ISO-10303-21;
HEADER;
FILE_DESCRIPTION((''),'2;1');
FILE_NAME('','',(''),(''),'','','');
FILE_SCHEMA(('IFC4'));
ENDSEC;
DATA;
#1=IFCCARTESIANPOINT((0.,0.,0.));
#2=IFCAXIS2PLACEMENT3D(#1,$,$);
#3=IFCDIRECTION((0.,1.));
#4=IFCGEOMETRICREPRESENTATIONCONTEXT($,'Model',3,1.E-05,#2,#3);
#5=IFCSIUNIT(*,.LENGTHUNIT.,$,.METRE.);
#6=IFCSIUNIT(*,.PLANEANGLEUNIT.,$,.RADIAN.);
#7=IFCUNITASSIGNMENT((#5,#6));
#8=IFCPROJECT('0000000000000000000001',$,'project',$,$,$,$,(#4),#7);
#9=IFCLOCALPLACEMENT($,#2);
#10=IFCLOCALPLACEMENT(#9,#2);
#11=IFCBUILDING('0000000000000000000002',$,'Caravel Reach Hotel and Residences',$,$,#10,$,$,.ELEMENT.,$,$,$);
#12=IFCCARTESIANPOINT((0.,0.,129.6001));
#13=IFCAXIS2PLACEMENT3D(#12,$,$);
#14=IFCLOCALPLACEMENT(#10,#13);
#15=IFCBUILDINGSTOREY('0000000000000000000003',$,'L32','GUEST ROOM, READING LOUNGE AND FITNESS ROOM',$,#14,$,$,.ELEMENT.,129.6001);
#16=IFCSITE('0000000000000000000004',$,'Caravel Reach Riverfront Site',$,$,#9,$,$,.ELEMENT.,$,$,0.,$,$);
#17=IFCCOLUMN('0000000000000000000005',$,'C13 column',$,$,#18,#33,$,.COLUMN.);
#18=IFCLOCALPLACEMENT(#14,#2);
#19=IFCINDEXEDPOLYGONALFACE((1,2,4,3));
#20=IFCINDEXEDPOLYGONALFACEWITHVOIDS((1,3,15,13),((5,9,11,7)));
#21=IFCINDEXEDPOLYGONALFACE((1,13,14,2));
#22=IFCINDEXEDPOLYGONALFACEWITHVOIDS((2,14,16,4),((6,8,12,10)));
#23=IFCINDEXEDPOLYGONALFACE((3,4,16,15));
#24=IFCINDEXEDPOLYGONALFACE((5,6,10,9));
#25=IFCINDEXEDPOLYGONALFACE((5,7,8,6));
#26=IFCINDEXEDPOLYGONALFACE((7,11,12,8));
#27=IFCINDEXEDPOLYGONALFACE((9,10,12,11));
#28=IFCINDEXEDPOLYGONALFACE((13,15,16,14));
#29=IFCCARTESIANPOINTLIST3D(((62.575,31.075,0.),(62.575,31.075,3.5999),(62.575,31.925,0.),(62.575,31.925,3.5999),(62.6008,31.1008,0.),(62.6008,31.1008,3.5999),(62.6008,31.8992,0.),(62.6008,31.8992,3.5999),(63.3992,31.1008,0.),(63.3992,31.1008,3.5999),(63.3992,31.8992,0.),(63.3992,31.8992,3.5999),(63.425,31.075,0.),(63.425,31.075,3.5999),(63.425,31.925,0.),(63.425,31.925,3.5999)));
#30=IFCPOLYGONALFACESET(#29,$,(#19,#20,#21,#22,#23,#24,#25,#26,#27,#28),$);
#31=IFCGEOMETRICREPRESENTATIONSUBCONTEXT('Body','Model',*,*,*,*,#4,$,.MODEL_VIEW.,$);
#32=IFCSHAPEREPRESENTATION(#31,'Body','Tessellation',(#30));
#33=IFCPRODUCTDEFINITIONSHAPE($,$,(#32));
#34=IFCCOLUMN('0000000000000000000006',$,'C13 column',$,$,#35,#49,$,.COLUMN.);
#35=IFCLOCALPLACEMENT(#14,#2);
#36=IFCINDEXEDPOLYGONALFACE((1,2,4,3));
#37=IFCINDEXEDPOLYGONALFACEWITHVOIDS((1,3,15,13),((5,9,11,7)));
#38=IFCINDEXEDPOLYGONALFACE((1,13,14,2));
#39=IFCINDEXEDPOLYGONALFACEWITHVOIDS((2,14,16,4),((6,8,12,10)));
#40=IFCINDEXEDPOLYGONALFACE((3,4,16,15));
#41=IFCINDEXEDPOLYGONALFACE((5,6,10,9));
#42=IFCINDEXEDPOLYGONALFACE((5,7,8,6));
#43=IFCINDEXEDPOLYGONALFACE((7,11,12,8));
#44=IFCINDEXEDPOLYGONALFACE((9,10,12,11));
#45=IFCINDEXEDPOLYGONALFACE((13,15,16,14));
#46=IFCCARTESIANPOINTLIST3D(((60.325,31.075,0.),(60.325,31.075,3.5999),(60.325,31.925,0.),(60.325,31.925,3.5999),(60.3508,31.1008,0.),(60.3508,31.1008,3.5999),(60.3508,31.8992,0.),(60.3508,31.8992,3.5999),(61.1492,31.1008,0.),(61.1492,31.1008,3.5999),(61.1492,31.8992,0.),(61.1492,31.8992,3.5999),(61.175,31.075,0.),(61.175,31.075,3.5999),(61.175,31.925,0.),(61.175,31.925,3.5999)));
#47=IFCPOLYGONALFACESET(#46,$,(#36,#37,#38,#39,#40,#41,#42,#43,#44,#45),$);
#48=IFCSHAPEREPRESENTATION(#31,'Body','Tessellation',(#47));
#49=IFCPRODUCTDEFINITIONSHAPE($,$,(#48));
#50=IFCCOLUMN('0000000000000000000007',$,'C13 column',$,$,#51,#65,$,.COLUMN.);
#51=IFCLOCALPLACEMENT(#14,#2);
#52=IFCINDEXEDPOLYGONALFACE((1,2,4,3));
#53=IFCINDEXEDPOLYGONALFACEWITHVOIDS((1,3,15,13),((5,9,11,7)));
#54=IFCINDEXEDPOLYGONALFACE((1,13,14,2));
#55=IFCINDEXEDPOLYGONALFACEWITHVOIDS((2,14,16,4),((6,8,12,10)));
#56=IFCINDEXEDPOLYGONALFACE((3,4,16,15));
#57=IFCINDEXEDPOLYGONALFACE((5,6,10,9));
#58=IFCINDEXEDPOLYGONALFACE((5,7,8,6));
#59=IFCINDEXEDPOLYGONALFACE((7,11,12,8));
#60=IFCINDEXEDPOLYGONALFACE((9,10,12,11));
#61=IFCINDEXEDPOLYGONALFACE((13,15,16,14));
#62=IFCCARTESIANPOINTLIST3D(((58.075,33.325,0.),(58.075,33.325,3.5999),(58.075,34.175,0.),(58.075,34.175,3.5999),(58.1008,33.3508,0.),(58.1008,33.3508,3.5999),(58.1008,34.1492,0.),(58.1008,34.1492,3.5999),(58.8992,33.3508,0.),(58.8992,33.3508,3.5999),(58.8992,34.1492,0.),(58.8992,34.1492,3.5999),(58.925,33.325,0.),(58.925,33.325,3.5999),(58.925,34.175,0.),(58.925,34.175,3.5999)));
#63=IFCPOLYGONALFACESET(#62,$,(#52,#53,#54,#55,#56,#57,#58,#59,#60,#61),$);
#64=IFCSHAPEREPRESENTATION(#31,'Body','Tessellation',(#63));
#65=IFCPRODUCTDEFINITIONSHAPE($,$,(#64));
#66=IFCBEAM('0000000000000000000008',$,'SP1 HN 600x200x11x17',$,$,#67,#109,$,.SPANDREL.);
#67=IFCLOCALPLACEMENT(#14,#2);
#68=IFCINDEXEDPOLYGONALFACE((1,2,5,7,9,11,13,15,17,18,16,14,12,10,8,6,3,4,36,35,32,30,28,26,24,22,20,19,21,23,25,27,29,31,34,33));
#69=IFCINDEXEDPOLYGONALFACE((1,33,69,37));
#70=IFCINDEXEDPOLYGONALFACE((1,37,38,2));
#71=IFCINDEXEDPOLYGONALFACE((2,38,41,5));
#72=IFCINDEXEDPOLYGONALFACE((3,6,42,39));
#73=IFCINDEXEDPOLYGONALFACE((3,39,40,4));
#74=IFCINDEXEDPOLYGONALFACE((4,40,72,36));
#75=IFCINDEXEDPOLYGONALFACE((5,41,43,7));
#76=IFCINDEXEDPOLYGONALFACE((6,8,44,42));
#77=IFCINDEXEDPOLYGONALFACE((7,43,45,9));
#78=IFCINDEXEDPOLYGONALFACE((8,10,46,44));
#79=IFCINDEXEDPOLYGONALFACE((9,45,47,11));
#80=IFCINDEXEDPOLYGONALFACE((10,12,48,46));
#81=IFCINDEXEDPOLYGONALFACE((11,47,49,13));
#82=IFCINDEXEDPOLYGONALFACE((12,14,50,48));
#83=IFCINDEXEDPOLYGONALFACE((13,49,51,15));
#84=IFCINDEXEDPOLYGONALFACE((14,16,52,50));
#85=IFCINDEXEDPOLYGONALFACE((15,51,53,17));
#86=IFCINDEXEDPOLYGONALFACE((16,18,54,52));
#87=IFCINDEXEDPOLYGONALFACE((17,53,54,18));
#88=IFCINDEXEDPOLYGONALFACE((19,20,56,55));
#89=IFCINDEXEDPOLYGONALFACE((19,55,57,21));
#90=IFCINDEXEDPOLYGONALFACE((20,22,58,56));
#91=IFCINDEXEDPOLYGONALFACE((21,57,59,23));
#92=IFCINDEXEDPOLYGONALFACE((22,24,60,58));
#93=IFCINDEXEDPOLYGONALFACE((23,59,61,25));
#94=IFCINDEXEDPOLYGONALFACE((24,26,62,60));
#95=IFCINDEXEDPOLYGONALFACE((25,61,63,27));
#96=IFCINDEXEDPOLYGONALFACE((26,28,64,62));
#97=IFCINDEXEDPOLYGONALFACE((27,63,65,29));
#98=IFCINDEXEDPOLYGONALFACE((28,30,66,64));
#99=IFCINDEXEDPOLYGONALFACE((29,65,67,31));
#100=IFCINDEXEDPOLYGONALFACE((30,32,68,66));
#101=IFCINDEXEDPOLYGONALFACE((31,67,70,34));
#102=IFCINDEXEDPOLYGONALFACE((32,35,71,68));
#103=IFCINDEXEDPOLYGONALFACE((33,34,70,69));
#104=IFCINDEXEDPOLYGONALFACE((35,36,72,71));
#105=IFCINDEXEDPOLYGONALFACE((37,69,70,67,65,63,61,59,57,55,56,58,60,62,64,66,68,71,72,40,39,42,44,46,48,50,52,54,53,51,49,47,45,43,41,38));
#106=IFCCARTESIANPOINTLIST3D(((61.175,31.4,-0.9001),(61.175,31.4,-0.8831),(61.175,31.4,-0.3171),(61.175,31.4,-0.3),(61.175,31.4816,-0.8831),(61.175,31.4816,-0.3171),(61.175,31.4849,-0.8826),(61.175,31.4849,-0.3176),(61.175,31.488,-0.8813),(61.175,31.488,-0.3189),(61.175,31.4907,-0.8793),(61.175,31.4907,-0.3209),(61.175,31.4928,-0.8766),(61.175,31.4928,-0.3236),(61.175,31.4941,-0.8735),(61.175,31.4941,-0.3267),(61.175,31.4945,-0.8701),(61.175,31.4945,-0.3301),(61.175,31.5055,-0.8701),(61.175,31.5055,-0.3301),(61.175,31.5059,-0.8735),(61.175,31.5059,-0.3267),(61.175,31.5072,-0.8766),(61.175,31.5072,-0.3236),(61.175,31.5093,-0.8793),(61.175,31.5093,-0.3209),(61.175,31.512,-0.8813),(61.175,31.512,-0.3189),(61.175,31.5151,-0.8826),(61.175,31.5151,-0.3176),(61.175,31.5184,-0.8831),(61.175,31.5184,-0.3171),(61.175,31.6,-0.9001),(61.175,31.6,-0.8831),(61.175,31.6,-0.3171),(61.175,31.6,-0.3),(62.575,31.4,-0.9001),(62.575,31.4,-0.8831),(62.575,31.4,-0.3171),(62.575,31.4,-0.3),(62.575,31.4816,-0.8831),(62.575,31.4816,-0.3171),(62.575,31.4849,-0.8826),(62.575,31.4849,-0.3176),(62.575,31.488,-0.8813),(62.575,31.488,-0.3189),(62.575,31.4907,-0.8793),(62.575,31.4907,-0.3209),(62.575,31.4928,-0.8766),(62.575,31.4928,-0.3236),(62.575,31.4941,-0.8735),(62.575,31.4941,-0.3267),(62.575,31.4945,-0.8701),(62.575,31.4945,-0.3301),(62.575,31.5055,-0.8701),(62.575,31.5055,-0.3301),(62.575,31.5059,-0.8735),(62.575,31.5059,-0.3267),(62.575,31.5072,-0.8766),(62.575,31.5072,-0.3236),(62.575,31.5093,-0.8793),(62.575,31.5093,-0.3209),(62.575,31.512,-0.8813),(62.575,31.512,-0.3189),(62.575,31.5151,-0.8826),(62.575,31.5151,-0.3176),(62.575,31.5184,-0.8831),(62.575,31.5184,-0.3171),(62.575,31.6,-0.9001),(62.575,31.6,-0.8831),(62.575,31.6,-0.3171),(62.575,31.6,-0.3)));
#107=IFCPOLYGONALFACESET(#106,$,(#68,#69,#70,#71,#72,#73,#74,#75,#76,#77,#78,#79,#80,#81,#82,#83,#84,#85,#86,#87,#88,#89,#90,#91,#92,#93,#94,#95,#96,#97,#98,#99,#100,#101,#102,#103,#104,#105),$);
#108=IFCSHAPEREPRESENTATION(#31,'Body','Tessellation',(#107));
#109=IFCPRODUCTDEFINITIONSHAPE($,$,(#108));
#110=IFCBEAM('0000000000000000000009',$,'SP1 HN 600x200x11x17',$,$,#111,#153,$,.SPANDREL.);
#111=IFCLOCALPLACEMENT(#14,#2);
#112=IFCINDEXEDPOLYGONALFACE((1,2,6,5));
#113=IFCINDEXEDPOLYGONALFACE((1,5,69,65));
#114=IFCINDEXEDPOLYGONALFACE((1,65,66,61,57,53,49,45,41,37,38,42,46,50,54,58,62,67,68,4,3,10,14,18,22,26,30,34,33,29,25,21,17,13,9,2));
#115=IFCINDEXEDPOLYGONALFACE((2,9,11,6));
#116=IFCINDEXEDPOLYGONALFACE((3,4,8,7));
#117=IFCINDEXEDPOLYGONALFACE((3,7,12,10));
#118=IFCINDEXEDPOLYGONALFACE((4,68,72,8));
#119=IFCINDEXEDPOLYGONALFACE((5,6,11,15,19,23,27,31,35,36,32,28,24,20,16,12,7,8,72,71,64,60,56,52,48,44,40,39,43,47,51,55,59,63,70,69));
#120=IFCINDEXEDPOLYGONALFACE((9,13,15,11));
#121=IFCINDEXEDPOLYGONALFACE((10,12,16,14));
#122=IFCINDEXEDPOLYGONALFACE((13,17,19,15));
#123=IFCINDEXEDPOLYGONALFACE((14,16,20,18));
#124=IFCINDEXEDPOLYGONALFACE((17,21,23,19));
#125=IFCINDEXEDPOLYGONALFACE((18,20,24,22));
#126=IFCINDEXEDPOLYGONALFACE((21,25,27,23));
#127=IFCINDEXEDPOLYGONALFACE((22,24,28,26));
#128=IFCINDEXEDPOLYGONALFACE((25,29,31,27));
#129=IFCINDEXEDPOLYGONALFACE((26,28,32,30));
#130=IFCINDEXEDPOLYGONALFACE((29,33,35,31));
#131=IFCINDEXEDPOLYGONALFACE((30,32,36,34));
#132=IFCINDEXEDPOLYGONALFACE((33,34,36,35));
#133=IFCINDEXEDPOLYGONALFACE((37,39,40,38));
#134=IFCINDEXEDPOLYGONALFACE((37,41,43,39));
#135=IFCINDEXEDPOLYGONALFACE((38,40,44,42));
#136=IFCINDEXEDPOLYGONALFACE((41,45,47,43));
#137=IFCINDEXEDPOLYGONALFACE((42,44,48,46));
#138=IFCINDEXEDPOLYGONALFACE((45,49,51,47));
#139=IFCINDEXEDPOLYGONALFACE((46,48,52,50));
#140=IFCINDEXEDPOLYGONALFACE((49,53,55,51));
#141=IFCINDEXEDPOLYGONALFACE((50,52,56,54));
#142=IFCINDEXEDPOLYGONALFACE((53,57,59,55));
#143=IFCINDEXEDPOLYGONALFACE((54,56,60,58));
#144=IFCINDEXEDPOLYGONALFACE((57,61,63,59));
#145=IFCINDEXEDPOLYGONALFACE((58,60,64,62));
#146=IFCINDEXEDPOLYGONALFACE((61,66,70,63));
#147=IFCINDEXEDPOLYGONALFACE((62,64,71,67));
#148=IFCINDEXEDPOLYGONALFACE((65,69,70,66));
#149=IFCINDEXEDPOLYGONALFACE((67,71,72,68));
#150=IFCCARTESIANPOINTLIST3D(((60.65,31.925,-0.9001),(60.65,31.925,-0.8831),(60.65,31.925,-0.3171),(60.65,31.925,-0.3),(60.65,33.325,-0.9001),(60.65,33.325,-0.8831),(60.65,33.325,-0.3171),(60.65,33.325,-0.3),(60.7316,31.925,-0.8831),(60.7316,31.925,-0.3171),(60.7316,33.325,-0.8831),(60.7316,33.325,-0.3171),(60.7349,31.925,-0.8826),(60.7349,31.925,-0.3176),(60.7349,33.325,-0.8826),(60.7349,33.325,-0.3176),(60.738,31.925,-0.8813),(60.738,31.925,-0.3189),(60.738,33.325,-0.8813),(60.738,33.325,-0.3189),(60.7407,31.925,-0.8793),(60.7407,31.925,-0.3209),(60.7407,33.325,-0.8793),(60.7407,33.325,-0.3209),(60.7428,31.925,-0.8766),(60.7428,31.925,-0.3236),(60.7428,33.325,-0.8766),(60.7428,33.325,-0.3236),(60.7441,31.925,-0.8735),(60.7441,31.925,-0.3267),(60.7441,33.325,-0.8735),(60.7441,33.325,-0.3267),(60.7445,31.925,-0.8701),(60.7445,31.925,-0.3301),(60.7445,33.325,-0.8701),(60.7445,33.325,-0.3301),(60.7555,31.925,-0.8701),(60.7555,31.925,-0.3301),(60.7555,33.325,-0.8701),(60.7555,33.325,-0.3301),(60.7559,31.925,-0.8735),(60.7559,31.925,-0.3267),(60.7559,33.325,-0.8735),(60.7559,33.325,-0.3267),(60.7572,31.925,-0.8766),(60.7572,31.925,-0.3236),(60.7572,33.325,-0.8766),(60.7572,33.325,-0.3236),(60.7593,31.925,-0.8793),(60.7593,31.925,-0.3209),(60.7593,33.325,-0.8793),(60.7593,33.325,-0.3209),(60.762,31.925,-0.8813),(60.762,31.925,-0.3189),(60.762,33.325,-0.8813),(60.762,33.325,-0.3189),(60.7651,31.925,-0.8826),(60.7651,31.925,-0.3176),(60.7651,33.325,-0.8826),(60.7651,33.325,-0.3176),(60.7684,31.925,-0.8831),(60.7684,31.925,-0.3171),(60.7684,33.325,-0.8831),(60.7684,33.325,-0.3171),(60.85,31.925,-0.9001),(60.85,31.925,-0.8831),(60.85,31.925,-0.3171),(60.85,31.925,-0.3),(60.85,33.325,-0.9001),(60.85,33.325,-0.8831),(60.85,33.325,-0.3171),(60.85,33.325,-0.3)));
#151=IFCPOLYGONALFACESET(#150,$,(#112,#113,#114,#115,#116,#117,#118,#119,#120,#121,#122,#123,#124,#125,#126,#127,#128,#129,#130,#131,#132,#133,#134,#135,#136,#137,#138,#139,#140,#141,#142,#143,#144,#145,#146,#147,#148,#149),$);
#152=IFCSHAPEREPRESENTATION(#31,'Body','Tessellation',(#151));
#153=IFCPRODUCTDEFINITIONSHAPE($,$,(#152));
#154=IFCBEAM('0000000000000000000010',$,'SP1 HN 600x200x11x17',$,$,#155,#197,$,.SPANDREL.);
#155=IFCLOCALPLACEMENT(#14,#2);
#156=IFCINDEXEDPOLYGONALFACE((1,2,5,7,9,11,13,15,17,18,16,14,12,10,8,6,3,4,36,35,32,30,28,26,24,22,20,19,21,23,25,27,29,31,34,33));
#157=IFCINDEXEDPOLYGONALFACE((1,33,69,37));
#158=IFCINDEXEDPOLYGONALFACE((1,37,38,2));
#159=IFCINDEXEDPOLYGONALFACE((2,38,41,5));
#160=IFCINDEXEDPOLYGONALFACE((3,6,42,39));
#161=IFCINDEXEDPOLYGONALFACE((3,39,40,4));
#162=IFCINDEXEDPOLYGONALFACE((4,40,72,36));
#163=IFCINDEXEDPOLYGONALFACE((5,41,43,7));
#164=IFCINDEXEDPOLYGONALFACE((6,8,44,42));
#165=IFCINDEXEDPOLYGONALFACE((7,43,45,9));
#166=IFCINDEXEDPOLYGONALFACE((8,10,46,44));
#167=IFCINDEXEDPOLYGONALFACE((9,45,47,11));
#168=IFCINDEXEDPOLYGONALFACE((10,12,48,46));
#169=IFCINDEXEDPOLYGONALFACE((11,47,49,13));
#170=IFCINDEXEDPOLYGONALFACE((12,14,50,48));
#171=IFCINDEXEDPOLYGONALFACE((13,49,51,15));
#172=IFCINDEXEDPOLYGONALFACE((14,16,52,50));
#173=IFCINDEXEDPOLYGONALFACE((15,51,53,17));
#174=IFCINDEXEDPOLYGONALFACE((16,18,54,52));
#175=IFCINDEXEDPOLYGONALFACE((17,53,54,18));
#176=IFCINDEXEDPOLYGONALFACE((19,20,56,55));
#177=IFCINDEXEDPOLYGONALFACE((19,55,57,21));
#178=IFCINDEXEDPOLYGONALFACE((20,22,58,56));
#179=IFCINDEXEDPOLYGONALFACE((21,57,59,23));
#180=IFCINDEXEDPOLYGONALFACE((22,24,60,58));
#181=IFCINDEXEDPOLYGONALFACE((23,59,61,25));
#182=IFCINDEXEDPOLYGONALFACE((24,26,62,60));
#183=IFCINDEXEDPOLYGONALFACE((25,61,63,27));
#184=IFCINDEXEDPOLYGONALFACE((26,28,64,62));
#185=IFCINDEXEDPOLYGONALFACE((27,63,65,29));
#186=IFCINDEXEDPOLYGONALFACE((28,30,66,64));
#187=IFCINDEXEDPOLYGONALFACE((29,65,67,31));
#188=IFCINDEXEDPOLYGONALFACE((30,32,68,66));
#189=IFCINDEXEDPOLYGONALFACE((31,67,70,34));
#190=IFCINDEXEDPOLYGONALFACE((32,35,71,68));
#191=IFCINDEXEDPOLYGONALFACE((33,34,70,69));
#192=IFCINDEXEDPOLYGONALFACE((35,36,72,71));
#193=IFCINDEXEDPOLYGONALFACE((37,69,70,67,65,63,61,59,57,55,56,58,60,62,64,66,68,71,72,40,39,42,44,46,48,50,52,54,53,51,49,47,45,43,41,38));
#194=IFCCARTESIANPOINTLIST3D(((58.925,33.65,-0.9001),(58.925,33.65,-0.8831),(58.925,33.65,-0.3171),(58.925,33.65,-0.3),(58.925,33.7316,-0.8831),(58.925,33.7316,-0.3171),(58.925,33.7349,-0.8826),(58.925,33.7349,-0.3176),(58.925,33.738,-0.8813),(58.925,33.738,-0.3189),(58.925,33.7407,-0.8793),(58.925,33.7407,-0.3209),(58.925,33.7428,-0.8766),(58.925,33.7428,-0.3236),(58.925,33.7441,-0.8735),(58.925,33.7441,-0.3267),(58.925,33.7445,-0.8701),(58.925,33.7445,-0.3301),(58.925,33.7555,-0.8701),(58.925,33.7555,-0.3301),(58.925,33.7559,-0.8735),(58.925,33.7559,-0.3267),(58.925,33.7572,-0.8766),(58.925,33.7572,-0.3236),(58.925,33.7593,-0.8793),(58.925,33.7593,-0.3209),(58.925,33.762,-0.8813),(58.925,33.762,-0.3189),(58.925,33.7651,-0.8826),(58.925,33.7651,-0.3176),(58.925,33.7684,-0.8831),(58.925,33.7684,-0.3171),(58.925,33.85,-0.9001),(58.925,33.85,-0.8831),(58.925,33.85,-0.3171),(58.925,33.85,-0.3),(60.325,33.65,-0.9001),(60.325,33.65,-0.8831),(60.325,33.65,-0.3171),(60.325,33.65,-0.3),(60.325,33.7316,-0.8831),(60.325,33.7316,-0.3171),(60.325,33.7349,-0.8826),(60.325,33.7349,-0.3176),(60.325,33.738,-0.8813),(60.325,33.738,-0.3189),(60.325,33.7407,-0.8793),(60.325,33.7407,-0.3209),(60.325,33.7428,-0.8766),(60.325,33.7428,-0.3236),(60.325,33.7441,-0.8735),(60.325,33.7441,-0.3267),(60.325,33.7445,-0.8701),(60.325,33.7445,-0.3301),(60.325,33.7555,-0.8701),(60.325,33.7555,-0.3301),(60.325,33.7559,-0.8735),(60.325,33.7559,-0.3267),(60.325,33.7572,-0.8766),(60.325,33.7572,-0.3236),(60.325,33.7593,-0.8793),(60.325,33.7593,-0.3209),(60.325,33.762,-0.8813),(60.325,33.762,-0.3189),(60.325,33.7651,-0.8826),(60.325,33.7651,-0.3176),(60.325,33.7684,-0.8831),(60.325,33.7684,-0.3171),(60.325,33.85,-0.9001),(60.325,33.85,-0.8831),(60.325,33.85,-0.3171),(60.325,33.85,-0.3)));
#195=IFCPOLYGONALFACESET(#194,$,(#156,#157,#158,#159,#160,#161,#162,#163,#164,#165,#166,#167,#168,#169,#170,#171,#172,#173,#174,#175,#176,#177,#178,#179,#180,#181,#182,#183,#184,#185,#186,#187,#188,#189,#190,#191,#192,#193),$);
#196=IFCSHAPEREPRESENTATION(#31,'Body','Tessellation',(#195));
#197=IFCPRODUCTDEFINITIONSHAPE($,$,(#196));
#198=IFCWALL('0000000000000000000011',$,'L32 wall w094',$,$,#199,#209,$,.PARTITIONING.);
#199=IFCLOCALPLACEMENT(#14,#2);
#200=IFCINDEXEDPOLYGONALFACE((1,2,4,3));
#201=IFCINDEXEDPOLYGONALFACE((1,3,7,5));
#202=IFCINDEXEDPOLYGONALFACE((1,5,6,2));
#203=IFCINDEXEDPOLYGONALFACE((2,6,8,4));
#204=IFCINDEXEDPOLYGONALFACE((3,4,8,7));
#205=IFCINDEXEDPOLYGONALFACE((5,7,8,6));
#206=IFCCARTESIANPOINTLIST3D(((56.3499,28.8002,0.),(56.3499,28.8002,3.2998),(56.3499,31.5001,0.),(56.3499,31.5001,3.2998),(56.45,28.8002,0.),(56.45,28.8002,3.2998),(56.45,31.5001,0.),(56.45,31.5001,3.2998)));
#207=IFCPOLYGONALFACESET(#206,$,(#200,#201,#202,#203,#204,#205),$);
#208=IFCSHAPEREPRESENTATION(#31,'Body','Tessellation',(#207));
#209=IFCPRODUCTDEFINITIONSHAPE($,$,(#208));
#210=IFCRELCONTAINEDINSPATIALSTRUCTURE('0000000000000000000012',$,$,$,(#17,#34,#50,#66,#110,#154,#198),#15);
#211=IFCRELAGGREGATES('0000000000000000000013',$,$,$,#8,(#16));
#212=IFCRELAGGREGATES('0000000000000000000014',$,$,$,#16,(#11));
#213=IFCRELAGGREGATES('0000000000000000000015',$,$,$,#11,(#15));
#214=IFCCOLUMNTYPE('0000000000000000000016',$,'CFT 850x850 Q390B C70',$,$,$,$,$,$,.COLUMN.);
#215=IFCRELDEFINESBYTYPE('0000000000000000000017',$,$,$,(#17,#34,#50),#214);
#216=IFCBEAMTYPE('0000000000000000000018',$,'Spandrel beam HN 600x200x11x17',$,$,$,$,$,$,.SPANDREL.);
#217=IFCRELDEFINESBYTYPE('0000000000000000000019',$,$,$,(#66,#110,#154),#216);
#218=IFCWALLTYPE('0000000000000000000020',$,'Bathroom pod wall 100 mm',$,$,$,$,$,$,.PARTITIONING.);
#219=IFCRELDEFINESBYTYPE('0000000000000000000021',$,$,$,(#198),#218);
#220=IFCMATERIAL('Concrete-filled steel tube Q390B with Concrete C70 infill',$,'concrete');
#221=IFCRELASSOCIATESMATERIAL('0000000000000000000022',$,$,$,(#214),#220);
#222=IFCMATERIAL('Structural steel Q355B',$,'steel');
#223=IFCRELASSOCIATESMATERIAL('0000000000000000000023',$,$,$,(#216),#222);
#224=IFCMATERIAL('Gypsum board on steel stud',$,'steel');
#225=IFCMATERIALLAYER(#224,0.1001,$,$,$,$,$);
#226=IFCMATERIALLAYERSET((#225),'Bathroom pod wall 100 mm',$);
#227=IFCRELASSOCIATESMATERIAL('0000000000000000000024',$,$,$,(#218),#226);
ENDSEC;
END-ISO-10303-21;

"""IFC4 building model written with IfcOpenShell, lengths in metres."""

from ifc_helpers import new_model, si_unit, direction, frame, frame_2d, origin, origin_2d, place, context, subcontext, project, spatial, rectangle, hollow_rectangle, i_section, extrude, material, layer, layer_set, material_profile, profile_set, type_object, element, save


model = new_model("IFC4")

# Units and contexts
model_context = context("Model", 3, precision=1e-05, world=origin(), true_north=direction((0.0, 1.0)))
body_context = subcontext(model_context, "Body", "Model", "MODEL_VIEW")
ifc_project = project(units=[si_unit("LENGTHUNIT", "METRE"), si_unit("PLANEANGLEUNIT", "RADIAN")], contexts=[model_context])

# Site, building, storey
site_placement = place(None, origin())
site = spatial("IfcSite", under=ifc_project, at=site_placement, Name="Caravel Reach Riverfront Site", CompositionType="ELEMENT", RefElevation=0.0)
building_placement = place(site_placement, origin())
building = spatial("IfcBuilding", under=site, at=building_placement, Name="Caravel Reach Hotel and Residences", CompositionType="ELEMENT")
storey_placement = place(building_placement, frame((0.0, 0.0, 129.6001)))
storey = spatial("IfcBuildingStorey", under=building, at=storey_placement, Name="L32", Description="GUEST ROOM, READING LOUNGE AND FITNESS ROOM", CompositionType="ELEMENT", Elevation=129.6001)

# Columns
ifc_material_1 = material(Name="Concrete-filled steel tube Q390B with Concrete C70 infill", Category="concrete")
ifc_material_profile_1 = material_profile(ifc_material_1, hollow_rectangle(XDim=0.8501, YDim=0.8501, WallThickness=0.0259, at=origin_2d()), Name="RHS 850x850x26")
ifc_profile_set_1 = profile_set([ifc_material_profile_1], Name="Concrete-filled steel tube Q390B with Concrete C70 infill")
column_type = type_object("IfcColumnType", Name="CFT 850x850 Q390B C70", PredefinedType="COLUMN", material=ifc_profile_set_1)
for number, where, z_axis, x_axis, name in (
    (1, (63.0, 31.5, 0.0), (0.0, 0.0, 1.0), (1.0, 0.0, 0.0), "C13 column"),
    (2, (60.75, 31.5, 0.0), (0.0, 0.0, 1.0), (1.0, 0.0, 0.0), "C13 column"),
    (3, (58.5, 33.75, 0.0), (0.0, 0.0, 1.0), (1.0, 0.0, 0.0), "C13 column"),
):
    element("IfcColumn", number, at=place(storey_placement, frame(where, z_axis=z_axis, x_axis=x_axis)), inside=storey, type_object=column_type, Name=name, PredefinedType="COLUMN", context=body_context, shape_type="SweptSolid", body=[
        extrude(hollow_rectangle(XDim=0.8501, YDim=0.8501, WallThickness=0.0259, at=origin_2d()), origin(), (0.0, 0.0, 1.0), 3.5999),
    ])

# Beams
ifc_material_2 = material(Name="Structural steel Q355B", Category="steel")
ifc_material_profile_2 = material_profile(ifc_material_2, i_section(OverallWidth=0.2, OverallDepth=0.6001, WebThickness=0.011, FlangeThickness=0.0171, FilletRadius=0.0129, at=origin_2d()), Name="HN 600x200x11x17")
ifc_profile_set_2 = profile_set([ifc_material_profile_2], Name="Structural steel Q355B")
beam_type = type_object("IfcBeamType", Name="Spandrel beam HN 600x200x11x17", PredefinedType="SPANDREL", material=ifc_profile_set_2)
for number, where, z_axis, x_axis, name in (
    (4, (62.575, 31.5, -0.6001), (-1.0, 0.0, 0.0), (0.0, -1.0, 0.0), "SP1 HN 600x200x11x17"),
    (5, (60.75, 31.925, -0.6001), (0.0, 1.0, 0.0), (-1.0, 0.0, 0.0), "SP1 HN 600x200x11x17"),
    (6, (60.325, 33.75, -0.6001), (-1.0, 0.0, 0.0), (0.0, -1.0, 0.0), "SP1 HN 600x200x11x17"),
):
    element("IfcBeam", number, at=place(storey_placement, frame(where, z_axis=z_axis, x_axis=x_axis)), inside=storey, type_object=beam_type, Name=name, PredefinedType="SPANDREL", context=body_context, shape_type="SweptSolid", body=[
        extrude(i_section(OverallWidth=0.2, OverallDepth=0.6001, WebThickness=0.011, FlangeThickness=0.0171, FilletRadius=0.0129, at=origin_2d()), origin(), (0.0, 0.0, 1.0), 1.3999),
    ])

# Wall
ifc_material_3 = material(Name="Gypsum board on steel stud", Category="steel")
ifc_layer_1 = layer(ifc_material_3, 0.1001)
ifc_layer_set_1 = layer_set([ifc_layer_1], Name="Bathroom pod wall 100 mm")
wall_type_1 = type_object("IfcWallType", Name="Bathroom pod wall 100 mm", PredefinedType="PARTITIONING", material=ifc_layer_set_1)
wall_1_placement = place(storey_placement, frame((56.3999, 28.8, 0.0), z_axis=(0.0, 0.0, 1.0), x_axis=(0.0, 1.0, 0.0)))
element("IfcWall", 7, at=wall_1_placement, inside=storey, type_object=wall_type_1, Name="L32 wall w094", PredefinedType="PARTITIONING", context=body_context, shape_type="SweptSolid", body=[
    extrude(rectangle(XDim=2.7, YDim=0.1001, at=frame_2d((1.3501, 0.0))), origin(), (0.0, 0.0, 1.0), 3.2998),
])

save(model, "model.ifc")
